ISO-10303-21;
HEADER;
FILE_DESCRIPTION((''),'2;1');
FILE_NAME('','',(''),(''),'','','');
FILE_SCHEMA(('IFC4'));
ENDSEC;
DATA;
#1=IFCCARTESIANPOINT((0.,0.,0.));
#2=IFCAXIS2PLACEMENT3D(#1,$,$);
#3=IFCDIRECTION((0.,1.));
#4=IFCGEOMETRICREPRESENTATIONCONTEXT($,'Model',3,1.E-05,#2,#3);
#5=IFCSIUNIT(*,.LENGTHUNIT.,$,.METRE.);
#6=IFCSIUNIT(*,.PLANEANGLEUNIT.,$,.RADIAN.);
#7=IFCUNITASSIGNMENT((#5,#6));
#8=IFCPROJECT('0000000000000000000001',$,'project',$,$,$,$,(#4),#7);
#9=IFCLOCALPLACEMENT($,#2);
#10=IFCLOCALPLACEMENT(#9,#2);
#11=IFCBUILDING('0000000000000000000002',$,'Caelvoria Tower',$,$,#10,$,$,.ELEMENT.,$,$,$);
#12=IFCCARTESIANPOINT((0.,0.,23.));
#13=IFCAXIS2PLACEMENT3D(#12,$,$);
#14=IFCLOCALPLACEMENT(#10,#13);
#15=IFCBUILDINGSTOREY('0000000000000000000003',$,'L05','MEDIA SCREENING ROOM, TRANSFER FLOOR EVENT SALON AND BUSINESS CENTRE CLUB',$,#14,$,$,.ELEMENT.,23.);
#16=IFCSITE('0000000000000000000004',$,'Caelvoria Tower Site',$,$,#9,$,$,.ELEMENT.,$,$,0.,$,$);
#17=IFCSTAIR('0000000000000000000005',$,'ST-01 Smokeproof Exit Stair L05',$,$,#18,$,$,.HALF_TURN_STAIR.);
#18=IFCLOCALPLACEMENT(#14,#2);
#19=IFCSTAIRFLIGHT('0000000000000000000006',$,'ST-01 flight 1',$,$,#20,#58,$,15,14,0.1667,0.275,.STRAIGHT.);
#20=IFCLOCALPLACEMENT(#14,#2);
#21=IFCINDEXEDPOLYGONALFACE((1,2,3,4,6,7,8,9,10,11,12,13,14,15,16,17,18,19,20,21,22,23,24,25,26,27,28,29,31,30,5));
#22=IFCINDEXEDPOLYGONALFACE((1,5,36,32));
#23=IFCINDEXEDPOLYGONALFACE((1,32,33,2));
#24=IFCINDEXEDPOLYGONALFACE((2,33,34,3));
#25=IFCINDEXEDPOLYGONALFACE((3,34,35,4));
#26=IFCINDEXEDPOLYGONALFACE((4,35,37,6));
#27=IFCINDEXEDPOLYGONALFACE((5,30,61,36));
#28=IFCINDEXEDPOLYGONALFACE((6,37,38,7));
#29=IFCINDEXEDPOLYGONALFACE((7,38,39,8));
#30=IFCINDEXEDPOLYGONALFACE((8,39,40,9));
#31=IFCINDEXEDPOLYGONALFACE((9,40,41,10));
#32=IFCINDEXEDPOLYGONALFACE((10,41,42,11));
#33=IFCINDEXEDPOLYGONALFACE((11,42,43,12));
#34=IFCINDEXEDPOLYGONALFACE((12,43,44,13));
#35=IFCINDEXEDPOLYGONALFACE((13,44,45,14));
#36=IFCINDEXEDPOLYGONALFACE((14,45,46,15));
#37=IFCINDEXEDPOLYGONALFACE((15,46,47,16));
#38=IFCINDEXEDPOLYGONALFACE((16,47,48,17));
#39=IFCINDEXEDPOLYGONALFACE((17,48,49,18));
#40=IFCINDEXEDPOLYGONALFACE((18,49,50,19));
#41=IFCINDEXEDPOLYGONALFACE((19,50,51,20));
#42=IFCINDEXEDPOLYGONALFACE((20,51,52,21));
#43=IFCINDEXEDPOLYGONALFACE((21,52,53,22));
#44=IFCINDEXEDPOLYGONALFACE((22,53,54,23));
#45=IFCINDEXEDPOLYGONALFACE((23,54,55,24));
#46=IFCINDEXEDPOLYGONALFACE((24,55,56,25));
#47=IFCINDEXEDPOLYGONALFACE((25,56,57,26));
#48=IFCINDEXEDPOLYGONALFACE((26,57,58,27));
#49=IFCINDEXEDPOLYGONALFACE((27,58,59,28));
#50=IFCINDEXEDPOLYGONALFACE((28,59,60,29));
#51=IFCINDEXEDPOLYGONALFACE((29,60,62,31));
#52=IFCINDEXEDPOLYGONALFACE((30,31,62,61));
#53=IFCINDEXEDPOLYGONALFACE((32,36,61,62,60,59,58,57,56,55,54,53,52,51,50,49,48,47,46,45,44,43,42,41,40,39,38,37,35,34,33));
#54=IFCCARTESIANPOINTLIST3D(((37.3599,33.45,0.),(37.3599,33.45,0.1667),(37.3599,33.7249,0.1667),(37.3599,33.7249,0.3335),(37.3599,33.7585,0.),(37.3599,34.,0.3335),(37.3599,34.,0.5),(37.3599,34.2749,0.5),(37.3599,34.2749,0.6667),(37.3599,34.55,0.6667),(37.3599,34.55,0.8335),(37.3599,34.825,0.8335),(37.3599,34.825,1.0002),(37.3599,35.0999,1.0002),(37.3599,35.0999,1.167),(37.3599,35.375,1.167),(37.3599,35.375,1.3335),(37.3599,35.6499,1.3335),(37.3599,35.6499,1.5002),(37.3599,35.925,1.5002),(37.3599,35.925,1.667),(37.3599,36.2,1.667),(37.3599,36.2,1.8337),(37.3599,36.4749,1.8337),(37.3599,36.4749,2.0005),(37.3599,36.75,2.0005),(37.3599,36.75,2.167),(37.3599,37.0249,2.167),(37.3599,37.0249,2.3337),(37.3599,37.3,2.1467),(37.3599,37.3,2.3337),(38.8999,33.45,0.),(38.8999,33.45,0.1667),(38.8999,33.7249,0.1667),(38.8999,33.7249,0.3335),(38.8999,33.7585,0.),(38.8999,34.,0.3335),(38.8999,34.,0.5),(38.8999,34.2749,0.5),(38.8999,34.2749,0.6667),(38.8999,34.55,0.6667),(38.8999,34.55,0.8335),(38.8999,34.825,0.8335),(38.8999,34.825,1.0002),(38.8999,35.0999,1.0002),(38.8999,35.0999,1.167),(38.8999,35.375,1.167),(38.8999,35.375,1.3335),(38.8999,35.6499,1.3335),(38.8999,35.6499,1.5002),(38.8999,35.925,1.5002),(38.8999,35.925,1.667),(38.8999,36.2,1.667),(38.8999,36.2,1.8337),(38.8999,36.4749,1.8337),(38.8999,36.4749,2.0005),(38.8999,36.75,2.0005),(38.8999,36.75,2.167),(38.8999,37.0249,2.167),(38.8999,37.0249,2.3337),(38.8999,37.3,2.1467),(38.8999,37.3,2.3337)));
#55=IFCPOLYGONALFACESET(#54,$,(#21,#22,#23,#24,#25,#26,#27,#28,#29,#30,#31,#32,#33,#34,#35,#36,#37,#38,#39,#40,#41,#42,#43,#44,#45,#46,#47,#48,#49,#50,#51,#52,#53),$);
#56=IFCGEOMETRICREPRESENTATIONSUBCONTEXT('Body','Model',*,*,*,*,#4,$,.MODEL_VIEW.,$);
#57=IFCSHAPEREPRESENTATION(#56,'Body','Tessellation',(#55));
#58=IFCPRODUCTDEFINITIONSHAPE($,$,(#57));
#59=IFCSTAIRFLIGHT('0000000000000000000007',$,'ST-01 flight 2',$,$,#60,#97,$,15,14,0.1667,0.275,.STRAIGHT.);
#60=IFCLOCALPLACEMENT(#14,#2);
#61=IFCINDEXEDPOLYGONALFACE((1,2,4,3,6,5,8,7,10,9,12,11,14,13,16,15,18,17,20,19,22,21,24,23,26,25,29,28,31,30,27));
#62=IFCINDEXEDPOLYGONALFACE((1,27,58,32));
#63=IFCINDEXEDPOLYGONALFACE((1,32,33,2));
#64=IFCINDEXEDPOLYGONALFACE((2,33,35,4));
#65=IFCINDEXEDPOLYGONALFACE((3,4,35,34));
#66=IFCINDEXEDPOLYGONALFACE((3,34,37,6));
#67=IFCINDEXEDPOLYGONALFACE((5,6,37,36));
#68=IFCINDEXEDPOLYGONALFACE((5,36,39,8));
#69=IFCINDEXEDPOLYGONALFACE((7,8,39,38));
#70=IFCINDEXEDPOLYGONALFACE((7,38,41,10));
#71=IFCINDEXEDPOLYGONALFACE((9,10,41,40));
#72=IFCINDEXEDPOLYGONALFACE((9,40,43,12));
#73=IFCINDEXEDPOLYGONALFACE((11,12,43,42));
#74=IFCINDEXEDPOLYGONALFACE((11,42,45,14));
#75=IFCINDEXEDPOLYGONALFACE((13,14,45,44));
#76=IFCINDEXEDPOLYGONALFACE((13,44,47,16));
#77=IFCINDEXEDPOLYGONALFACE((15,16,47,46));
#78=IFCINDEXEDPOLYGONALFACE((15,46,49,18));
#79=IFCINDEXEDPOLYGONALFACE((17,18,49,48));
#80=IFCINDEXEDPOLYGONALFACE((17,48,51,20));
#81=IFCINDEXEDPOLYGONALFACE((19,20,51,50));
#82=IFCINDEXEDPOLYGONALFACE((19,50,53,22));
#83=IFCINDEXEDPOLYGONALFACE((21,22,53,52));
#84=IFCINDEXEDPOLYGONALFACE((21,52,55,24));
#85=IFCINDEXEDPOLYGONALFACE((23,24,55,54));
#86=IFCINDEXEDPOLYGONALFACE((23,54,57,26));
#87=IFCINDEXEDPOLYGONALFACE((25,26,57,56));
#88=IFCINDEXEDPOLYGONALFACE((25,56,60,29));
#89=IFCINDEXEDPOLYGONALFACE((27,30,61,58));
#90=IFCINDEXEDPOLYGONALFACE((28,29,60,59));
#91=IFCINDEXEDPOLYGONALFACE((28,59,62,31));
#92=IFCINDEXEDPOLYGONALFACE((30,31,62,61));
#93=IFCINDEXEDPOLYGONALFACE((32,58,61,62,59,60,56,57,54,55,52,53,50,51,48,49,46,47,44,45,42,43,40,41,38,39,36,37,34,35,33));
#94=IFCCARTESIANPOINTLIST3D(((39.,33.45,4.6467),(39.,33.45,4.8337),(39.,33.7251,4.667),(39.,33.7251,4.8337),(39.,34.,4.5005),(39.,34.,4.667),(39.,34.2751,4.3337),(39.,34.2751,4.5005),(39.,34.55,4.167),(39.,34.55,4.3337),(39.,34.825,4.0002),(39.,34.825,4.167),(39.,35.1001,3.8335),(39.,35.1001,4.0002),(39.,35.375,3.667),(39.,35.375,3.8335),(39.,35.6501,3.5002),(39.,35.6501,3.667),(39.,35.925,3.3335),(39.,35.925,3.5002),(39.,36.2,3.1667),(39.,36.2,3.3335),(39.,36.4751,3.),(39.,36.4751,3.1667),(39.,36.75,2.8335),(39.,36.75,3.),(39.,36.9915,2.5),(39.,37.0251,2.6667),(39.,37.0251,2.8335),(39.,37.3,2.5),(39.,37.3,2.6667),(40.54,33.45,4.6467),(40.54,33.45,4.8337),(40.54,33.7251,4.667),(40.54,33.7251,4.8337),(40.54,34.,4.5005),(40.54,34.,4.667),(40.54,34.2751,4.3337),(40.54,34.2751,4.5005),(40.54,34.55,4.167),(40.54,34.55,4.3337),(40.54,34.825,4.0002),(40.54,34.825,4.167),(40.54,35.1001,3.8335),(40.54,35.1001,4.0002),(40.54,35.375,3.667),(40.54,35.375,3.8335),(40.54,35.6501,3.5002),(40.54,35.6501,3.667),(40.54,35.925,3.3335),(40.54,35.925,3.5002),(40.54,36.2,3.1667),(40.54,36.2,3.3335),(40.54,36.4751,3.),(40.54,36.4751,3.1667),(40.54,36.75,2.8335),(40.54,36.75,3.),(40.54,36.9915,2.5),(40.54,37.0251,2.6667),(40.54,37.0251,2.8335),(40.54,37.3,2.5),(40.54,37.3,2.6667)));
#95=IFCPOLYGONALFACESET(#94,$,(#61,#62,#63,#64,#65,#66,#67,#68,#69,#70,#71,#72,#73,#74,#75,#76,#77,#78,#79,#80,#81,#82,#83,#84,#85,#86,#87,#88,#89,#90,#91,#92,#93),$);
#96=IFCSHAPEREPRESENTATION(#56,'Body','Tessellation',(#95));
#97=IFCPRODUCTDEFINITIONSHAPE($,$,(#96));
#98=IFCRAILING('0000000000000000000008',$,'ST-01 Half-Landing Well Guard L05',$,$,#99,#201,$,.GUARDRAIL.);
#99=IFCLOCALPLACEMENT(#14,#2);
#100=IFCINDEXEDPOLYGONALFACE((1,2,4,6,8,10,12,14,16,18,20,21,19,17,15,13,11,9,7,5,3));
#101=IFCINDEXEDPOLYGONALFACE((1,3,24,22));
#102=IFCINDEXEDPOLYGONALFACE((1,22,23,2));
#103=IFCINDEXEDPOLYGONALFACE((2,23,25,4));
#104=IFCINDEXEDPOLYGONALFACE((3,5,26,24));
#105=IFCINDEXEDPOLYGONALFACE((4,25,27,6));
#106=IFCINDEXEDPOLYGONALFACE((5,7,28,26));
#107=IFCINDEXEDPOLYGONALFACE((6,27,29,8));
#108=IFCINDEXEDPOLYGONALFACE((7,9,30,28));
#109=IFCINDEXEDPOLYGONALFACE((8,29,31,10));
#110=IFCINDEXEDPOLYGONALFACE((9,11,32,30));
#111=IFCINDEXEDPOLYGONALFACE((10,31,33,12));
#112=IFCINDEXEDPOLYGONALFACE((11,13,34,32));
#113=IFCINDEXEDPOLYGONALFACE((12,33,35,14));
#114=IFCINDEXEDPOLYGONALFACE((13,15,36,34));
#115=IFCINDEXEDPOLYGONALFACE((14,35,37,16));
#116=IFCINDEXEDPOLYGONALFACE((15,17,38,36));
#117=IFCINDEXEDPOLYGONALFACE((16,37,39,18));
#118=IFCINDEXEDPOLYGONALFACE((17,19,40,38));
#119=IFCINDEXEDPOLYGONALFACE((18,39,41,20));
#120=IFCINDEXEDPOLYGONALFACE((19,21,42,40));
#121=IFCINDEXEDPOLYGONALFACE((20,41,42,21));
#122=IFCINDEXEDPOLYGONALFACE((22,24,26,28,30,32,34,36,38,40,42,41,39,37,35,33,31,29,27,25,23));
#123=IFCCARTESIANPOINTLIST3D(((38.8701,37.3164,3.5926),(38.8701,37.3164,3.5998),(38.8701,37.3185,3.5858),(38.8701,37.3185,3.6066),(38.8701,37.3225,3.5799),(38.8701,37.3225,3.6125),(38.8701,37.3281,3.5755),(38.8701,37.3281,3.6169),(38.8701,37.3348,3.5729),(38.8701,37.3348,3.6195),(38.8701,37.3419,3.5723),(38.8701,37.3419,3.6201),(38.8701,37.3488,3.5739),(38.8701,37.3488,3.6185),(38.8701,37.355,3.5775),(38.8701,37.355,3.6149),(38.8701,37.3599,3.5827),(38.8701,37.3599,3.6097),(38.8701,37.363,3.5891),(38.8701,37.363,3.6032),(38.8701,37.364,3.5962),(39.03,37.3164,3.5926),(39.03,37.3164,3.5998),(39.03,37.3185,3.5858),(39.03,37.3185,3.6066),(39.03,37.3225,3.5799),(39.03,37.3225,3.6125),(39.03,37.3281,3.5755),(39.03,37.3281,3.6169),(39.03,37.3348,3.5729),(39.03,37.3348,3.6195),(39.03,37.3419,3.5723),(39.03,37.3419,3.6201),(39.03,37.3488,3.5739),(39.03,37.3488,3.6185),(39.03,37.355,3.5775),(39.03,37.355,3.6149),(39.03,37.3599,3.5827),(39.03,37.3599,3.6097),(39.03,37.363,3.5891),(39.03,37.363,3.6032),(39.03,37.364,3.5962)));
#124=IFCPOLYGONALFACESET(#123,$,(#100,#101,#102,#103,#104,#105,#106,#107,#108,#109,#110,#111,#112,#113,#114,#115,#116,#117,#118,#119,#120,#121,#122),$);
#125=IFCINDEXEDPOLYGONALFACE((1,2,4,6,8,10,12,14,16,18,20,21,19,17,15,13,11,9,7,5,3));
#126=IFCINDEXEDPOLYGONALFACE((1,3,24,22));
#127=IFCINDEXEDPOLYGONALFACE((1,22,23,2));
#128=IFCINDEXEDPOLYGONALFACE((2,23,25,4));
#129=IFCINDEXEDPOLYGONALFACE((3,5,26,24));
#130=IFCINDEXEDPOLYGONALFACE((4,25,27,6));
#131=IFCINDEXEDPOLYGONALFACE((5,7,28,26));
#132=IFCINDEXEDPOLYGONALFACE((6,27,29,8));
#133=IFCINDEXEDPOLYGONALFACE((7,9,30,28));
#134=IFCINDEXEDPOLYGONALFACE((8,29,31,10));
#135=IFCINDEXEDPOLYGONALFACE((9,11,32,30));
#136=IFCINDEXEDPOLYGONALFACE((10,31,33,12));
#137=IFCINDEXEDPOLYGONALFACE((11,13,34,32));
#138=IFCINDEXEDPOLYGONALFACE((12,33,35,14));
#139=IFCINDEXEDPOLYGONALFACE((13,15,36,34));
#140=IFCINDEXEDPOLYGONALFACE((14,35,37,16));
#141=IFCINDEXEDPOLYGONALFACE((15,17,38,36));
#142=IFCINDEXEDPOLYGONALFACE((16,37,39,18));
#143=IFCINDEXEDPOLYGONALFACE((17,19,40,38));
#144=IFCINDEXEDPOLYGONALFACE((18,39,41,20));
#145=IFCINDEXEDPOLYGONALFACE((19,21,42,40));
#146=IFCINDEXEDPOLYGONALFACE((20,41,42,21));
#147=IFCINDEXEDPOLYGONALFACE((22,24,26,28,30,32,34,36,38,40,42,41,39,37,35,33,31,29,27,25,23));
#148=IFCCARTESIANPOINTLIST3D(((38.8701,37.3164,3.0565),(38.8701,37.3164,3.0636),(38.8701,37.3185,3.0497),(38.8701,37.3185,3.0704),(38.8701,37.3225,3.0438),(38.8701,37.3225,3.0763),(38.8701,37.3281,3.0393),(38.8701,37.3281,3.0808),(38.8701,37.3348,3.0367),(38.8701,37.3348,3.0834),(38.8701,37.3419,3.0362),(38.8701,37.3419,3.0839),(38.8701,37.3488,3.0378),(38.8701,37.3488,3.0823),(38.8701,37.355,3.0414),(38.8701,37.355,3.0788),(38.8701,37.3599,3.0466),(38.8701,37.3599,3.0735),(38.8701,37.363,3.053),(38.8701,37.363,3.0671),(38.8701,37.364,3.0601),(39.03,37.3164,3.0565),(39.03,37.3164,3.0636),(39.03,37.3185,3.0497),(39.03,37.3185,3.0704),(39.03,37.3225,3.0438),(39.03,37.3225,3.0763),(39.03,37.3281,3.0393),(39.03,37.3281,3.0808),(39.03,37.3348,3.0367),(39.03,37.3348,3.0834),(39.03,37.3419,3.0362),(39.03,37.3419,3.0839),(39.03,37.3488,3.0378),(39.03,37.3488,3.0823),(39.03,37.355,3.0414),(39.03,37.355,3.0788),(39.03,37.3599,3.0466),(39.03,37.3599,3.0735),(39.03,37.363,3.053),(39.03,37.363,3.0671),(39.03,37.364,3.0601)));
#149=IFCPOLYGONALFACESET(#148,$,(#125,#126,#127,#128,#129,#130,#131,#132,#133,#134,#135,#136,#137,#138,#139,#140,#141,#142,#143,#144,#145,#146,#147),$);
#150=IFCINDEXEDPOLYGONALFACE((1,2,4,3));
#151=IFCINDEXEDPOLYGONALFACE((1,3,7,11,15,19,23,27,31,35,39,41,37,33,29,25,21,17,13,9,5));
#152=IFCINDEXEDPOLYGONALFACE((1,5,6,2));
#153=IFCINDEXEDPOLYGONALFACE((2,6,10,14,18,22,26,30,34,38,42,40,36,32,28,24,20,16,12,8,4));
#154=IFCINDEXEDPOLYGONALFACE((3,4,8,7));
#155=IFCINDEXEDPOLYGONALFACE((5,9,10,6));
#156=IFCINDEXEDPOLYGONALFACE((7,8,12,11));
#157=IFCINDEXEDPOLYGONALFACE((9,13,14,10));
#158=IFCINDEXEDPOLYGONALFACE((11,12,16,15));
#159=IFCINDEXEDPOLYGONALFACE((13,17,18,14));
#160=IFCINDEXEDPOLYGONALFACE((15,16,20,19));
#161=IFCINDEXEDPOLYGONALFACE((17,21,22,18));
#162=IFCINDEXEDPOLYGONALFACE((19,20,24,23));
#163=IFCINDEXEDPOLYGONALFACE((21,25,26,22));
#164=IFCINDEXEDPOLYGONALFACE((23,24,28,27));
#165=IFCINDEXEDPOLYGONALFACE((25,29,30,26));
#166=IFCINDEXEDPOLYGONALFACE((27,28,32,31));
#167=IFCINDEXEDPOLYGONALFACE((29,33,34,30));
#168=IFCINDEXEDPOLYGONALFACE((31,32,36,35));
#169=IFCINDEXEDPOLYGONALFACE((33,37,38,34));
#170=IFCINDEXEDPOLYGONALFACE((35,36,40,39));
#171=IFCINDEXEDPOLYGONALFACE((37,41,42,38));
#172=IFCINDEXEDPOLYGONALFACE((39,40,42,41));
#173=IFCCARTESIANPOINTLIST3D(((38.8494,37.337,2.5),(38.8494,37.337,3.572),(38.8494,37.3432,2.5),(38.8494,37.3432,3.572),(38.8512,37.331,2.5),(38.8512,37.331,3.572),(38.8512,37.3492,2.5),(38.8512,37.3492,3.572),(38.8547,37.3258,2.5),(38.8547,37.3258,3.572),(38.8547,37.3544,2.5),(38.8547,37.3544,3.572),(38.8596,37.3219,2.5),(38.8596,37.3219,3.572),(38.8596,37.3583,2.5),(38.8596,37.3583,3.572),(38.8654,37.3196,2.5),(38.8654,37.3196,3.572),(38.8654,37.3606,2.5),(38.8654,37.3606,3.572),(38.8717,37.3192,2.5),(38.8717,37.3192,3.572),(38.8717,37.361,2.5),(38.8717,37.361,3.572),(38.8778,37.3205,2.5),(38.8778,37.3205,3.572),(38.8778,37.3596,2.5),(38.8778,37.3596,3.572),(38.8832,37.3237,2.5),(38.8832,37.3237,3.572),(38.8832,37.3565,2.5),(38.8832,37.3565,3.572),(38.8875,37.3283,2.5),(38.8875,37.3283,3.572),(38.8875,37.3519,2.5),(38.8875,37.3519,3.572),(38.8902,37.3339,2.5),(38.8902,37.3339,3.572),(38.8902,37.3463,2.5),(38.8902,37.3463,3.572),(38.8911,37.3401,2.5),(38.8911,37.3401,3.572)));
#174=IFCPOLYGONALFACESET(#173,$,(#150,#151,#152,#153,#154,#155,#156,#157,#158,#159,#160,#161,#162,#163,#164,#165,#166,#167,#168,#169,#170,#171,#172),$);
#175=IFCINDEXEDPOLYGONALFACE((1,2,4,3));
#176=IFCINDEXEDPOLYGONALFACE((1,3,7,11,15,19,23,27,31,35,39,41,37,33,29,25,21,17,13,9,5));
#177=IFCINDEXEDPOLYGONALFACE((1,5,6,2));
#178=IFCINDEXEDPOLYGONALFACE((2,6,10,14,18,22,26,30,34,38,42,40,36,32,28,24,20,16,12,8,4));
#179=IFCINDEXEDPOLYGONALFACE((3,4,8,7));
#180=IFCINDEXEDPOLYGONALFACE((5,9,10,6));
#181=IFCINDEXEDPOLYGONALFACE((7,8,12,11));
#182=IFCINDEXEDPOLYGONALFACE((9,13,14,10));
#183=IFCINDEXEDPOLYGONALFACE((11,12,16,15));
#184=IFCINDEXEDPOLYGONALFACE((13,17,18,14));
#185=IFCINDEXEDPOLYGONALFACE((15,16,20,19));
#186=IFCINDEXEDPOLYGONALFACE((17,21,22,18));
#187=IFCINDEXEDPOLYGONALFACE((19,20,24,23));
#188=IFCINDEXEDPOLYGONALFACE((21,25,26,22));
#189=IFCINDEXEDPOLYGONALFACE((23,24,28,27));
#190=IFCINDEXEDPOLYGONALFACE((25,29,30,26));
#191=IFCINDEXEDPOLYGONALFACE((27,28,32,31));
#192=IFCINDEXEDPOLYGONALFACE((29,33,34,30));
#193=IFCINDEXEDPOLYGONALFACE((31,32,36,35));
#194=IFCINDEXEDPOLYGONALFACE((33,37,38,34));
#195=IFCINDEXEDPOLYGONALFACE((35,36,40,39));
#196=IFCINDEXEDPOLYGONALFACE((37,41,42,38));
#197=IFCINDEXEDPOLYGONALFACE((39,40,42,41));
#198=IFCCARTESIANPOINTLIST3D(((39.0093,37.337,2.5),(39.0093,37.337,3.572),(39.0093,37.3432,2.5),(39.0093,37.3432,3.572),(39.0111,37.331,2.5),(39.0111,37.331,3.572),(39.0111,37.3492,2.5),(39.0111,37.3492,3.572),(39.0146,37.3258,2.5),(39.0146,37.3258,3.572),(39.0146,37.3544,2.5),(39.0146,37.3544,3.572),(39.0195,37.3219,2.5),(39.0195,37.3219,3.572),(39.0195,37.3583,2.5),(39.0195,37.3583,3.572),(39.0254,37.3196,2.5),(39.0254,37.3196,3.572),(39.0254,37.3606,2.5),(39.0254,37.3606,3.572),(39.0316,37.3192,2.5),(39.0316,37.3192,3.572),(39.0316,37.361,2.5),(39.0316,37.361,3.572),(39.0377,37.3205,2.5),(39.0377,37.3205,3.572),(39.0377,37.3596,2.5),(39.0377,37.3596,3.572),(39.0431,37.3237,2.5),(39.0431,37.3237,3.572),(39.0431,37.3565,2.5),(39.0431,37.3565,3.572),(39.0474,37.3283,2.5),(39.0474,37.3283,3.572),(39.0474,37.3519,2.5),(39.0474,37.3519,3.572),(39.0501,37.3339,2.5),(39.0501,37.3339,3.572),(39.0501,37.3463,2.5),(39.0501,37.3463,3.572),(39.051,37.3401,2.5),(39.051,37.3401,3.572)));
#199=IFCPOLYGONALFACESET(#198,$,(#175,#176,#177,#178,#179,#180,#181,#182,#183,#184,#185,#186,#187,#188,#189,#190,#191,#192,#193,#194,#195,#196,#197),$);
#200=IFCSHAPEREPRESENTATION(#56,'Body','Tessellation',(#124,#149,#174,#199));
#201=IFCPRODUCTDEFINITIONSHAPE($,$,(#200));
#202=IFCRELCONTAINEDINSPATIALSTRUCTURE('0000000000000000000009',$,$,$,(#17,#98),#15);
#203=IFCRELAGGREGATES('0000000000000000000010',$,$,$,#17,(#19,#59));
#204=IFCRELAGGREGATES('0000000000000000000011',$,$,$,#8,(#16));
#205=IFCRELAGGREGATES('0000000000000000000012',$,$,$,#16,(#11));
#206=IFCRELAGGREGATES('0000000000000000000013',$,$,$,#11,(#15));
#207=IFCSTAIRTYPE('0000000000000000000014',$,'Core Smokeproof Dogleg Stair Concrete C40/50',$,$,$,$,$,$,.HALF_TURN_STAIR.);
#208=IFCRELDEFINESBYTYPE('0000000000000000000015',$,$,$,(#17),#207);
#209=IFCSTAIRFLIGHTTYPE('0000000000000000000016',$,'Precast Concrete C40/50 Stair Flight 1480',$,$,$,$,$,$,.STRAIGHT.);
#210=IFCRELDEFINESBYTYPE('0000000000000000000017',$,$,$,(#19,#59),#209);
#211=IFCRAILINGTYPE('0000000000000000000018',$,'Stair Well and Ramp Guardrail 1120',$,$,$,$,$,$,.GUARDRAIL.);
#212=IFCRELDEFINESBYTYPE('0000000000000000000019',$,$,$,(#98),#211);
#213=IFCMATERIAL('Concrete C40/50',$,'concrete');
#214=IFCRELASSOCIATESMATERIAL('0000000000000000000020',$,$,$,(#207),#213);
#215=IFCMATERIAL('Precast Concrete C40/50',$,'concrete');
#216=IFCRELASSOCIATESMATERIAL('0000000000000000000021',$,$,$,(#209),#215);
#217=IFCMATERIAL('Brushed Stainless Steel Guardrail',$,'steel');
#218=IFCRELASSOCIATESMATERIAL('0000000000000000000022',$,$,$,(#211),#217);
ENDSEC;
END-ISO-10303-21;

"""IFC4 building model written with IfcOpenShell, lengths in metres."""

from ifc_helpers import new_model, si_unit, direction, frame, origin, origin_2d, place, context, subcontext, project, spatial, polyline, circle, outline, extrude, material, type_object, element, aggregate, save


model = new_model("IFC4")

# Units and contexts
model_context = context("Model", 3, precision=1e-05, world=origin(), true_north=direction((0.0, 1.0)))
body_context = subcontext(model_context, "Body", "Model", "MODEL_VIEW")
ifc_project = project(units=[si_unit("LENGTHUNIT", "METRE"), si_unit("PLANEANGLEUNIT", "RADIAN")], contexts=[model_context])

# Site, building, storey
site_placement = place(None, origin())
site = spatial("IfcSite", under=ifc_project, at=site_placement, Name="Caelvoria Tower Site", CompositionType="ELEMENT", RefElevation=0.0)
building_placement = place(site_placement, origin())
building = spatial("IfcBuilding", under=site, at=building_placement, Name="Caelvoria Tower", CompositionType="ELEMENT")
storey_placement = place(building_placement, frame((0.0, 0.0, 23.0)))
storey = spatial("IfcBuildingStorey", under=building, at=storey_placement, Name="L05", Description="MEDIA SCREENING ROOM, TRANSFER FLOOR EVENT SALON AND BUSINESS CENTRE CLUB", CompositionType="ELEMENT", Elevation=23.0)

# Stair, stair flights
ifc_material_1 = material(Name="Concrete C40/50", Category="concrete")
stair_type = type_object("IfcStairType", Name="Core Smokeproof Dogleg Stair Concrete C40/50", PredefinedType="HALF_TURN_STAIR", material=ifc_material_1)
stair_placement = place(storey_placement, origin())
stair = element("IfcStair", 1, at=stair_placement, inside=storey, type_object=stair_type, Name="ST-01 Smokeproof Exit Stair L05", PredefinedType="HALF_TURN_STAIR")
ifc_material_2 = material(Name="Precast Concrete C40/50", Category="concrete")
stair_flight_type = type_object("IfcStairFlightType", Name="Precast Concrete C40/50 Stair Flight 1480", PredefinedType="STRAIGHT", material=ifc_material_2)
stair_flight_1_placement = place(storey_placement, frame((38.1299, 33.45, 0.0), z_axis=(0.0, 0.0, 1.0), x_axis=(0.0, 1.0, 0.0)))
stair_flight_1 = element("IfcStairFlight", 2, at=stair_flight_1_placement, type_object=stair_flight_type, Name="ST-01 flight 1", NumberOfRisers=15, NumberOfTreads=14, PredefinedType="STRAIGHT", RiserHeight=0.1667, TreadLength=0.275, context=body_context, shape_type="SweptSolid", body=[
    extrude(outline(polyline([(0.0, 0.0), (0.0, 0.1667), (0.2749, 0.1667), (0.2749, 0.3335), (0.55, 0.3335), (0.55, 0.5), (0.825, 0.5), (0.825, 0.6667), (1.1001, 0.6667), (1.1001, 0.8335), (1.375, 0.8335), (1.375, 1.0002), (1.6499, 1.0002), (1.6499, 1.167), (1.925, 1.167), (1.925, 1.3335), (2.2, 1.3335), (2.2, 1.5002), (2.4751, 1.5002), (2.4751, 1.667), (2.75, 1.667), (2.75, 1.8337), (3.0249, 1.8337), (3.0249, 2.0005), (3.3, 2.0005), (3.3, 2.167), (3.575, 2.167), (3.575, 2.3337), (3.8501, 2.3337), (3.8501, 2.5005), (3.8501, 2.1467), (0.3086, 0.0), (0.0, 0.0)])), frame((0.0, 0.77, 0.0), z_axis=(0.0, -1.0, 0.0), x_axis=(1.0, 0.0, 0.0)), (0.0, 0.0, 1.0), 1.54),
])
stair_flight_2_placement = place(storey_placement, frame((39.77, 37.3, 2.5), z_axis=(0.0, 0.0, 1.0), x_axis=(0.0, -1.0, 0.0)))
stair_flight_2 = element("IfcStairFlight", 3, at=stair_flight_2_placement, type_object=stair_flight_type, Name="ST-01 flight 2", NumberOfRisers=15, NumberOfTreads=14, PredefinedType="STRAIGHT", RiserHeight=0.1667, TreadLength=0.275, context=body_context, shape_type="SweptSolid", body=[
    extrude(outline(polyline([(0.0, 0.0), (0.0, 0.1667), (0.2749, 0.1667), (0.2749, 0.3335), (0.55, 0.3335), (0.55, 0.5), (0.825, 0.5), (0.825, 0.6667), (1.1001, 0.6667), (1.1001, 0.8335), (1.375, 0.8335), (1.375, 1.0002), (1.6499, 1.0002), (1.6499, 1.167), (1.925, 1.167), (1.925, 1.3335), (2.2, 1.3335), (2.2, 1.5002), (2.4751, 1.5002), (2.4751, 1.667), (2.75, 1.667), (2.75, 1.8337), (3.0249, 1.8337), (3.0249, 2.0005), (3.3, 2.0005), (3.3, 2.167), (3.575, 2.167), (3.575, 2.3337), (3.8501, 2.3337), (3.8501, 2.5005), (3.8501, 2.1467), (0.3086, 0.0), (0.0, 0.0)])), frame((0.0, 0.77, 0.0), z_axis=(0.0, -1.0, 0.0), x_axis=(1.0, 0.0, 0.0)), (0.0, 0.0, 1.0), 1.54),
])
aggregate(stair, [stair_flight_1, stair_flight_2])

# Railing
ifc_material_3 = material(Name="Brushed Stainless Steel Guardrail", Category="steel")
railing_type_1 = type_object("IfcRailingType", Name="Stair Well and Ramp Guardrail 1120", PredefinedType="GUARDRAIL", material=ifc_material_3)
railing_1_placement = place(storey_placement, frame((38.8701, 37.3401, 2.5)))
element("IfcRailing", 4, at=railing_1_placement, inside=storey, type_object=railing_type_1, Name="ST-01 Half-Landing Well Guard L05", PredefinedType="GUARDRAIL", context=body_context, shape_type="SweptSolid", body=[
    extrude(circle(Radius=0.0239, at=origin_2d()), frame((0.0, 0.0, 1.0962), z_axis=(1.0, 0.0, 0.0), x_axis=(0.0, 1.0, 0.0)), (0.0, 0.0, 1.0), 0.1599),
    extrude(circle(Radius=0.0239, at=origin_2d()), frame((0.0, 0.0, 0.5601), z_axis=(1.0, 0.0, 0.0), x_axis=(0.0, 1.0, 0.0)), (0.0, 0.0, 1.0), 0.1599),
    extrude(circle(Radius=0.021, at=origin_2d()), origin(), (0.0, 0.0, 1.0), 1.072),
    extrude(circle(Radius=0.021, at=origin_2d()), frame((0.1599, 0.0, 0.0)), (0.0, 0.0, 1.0), 1.072),
])

save(model, "model.ifc")
